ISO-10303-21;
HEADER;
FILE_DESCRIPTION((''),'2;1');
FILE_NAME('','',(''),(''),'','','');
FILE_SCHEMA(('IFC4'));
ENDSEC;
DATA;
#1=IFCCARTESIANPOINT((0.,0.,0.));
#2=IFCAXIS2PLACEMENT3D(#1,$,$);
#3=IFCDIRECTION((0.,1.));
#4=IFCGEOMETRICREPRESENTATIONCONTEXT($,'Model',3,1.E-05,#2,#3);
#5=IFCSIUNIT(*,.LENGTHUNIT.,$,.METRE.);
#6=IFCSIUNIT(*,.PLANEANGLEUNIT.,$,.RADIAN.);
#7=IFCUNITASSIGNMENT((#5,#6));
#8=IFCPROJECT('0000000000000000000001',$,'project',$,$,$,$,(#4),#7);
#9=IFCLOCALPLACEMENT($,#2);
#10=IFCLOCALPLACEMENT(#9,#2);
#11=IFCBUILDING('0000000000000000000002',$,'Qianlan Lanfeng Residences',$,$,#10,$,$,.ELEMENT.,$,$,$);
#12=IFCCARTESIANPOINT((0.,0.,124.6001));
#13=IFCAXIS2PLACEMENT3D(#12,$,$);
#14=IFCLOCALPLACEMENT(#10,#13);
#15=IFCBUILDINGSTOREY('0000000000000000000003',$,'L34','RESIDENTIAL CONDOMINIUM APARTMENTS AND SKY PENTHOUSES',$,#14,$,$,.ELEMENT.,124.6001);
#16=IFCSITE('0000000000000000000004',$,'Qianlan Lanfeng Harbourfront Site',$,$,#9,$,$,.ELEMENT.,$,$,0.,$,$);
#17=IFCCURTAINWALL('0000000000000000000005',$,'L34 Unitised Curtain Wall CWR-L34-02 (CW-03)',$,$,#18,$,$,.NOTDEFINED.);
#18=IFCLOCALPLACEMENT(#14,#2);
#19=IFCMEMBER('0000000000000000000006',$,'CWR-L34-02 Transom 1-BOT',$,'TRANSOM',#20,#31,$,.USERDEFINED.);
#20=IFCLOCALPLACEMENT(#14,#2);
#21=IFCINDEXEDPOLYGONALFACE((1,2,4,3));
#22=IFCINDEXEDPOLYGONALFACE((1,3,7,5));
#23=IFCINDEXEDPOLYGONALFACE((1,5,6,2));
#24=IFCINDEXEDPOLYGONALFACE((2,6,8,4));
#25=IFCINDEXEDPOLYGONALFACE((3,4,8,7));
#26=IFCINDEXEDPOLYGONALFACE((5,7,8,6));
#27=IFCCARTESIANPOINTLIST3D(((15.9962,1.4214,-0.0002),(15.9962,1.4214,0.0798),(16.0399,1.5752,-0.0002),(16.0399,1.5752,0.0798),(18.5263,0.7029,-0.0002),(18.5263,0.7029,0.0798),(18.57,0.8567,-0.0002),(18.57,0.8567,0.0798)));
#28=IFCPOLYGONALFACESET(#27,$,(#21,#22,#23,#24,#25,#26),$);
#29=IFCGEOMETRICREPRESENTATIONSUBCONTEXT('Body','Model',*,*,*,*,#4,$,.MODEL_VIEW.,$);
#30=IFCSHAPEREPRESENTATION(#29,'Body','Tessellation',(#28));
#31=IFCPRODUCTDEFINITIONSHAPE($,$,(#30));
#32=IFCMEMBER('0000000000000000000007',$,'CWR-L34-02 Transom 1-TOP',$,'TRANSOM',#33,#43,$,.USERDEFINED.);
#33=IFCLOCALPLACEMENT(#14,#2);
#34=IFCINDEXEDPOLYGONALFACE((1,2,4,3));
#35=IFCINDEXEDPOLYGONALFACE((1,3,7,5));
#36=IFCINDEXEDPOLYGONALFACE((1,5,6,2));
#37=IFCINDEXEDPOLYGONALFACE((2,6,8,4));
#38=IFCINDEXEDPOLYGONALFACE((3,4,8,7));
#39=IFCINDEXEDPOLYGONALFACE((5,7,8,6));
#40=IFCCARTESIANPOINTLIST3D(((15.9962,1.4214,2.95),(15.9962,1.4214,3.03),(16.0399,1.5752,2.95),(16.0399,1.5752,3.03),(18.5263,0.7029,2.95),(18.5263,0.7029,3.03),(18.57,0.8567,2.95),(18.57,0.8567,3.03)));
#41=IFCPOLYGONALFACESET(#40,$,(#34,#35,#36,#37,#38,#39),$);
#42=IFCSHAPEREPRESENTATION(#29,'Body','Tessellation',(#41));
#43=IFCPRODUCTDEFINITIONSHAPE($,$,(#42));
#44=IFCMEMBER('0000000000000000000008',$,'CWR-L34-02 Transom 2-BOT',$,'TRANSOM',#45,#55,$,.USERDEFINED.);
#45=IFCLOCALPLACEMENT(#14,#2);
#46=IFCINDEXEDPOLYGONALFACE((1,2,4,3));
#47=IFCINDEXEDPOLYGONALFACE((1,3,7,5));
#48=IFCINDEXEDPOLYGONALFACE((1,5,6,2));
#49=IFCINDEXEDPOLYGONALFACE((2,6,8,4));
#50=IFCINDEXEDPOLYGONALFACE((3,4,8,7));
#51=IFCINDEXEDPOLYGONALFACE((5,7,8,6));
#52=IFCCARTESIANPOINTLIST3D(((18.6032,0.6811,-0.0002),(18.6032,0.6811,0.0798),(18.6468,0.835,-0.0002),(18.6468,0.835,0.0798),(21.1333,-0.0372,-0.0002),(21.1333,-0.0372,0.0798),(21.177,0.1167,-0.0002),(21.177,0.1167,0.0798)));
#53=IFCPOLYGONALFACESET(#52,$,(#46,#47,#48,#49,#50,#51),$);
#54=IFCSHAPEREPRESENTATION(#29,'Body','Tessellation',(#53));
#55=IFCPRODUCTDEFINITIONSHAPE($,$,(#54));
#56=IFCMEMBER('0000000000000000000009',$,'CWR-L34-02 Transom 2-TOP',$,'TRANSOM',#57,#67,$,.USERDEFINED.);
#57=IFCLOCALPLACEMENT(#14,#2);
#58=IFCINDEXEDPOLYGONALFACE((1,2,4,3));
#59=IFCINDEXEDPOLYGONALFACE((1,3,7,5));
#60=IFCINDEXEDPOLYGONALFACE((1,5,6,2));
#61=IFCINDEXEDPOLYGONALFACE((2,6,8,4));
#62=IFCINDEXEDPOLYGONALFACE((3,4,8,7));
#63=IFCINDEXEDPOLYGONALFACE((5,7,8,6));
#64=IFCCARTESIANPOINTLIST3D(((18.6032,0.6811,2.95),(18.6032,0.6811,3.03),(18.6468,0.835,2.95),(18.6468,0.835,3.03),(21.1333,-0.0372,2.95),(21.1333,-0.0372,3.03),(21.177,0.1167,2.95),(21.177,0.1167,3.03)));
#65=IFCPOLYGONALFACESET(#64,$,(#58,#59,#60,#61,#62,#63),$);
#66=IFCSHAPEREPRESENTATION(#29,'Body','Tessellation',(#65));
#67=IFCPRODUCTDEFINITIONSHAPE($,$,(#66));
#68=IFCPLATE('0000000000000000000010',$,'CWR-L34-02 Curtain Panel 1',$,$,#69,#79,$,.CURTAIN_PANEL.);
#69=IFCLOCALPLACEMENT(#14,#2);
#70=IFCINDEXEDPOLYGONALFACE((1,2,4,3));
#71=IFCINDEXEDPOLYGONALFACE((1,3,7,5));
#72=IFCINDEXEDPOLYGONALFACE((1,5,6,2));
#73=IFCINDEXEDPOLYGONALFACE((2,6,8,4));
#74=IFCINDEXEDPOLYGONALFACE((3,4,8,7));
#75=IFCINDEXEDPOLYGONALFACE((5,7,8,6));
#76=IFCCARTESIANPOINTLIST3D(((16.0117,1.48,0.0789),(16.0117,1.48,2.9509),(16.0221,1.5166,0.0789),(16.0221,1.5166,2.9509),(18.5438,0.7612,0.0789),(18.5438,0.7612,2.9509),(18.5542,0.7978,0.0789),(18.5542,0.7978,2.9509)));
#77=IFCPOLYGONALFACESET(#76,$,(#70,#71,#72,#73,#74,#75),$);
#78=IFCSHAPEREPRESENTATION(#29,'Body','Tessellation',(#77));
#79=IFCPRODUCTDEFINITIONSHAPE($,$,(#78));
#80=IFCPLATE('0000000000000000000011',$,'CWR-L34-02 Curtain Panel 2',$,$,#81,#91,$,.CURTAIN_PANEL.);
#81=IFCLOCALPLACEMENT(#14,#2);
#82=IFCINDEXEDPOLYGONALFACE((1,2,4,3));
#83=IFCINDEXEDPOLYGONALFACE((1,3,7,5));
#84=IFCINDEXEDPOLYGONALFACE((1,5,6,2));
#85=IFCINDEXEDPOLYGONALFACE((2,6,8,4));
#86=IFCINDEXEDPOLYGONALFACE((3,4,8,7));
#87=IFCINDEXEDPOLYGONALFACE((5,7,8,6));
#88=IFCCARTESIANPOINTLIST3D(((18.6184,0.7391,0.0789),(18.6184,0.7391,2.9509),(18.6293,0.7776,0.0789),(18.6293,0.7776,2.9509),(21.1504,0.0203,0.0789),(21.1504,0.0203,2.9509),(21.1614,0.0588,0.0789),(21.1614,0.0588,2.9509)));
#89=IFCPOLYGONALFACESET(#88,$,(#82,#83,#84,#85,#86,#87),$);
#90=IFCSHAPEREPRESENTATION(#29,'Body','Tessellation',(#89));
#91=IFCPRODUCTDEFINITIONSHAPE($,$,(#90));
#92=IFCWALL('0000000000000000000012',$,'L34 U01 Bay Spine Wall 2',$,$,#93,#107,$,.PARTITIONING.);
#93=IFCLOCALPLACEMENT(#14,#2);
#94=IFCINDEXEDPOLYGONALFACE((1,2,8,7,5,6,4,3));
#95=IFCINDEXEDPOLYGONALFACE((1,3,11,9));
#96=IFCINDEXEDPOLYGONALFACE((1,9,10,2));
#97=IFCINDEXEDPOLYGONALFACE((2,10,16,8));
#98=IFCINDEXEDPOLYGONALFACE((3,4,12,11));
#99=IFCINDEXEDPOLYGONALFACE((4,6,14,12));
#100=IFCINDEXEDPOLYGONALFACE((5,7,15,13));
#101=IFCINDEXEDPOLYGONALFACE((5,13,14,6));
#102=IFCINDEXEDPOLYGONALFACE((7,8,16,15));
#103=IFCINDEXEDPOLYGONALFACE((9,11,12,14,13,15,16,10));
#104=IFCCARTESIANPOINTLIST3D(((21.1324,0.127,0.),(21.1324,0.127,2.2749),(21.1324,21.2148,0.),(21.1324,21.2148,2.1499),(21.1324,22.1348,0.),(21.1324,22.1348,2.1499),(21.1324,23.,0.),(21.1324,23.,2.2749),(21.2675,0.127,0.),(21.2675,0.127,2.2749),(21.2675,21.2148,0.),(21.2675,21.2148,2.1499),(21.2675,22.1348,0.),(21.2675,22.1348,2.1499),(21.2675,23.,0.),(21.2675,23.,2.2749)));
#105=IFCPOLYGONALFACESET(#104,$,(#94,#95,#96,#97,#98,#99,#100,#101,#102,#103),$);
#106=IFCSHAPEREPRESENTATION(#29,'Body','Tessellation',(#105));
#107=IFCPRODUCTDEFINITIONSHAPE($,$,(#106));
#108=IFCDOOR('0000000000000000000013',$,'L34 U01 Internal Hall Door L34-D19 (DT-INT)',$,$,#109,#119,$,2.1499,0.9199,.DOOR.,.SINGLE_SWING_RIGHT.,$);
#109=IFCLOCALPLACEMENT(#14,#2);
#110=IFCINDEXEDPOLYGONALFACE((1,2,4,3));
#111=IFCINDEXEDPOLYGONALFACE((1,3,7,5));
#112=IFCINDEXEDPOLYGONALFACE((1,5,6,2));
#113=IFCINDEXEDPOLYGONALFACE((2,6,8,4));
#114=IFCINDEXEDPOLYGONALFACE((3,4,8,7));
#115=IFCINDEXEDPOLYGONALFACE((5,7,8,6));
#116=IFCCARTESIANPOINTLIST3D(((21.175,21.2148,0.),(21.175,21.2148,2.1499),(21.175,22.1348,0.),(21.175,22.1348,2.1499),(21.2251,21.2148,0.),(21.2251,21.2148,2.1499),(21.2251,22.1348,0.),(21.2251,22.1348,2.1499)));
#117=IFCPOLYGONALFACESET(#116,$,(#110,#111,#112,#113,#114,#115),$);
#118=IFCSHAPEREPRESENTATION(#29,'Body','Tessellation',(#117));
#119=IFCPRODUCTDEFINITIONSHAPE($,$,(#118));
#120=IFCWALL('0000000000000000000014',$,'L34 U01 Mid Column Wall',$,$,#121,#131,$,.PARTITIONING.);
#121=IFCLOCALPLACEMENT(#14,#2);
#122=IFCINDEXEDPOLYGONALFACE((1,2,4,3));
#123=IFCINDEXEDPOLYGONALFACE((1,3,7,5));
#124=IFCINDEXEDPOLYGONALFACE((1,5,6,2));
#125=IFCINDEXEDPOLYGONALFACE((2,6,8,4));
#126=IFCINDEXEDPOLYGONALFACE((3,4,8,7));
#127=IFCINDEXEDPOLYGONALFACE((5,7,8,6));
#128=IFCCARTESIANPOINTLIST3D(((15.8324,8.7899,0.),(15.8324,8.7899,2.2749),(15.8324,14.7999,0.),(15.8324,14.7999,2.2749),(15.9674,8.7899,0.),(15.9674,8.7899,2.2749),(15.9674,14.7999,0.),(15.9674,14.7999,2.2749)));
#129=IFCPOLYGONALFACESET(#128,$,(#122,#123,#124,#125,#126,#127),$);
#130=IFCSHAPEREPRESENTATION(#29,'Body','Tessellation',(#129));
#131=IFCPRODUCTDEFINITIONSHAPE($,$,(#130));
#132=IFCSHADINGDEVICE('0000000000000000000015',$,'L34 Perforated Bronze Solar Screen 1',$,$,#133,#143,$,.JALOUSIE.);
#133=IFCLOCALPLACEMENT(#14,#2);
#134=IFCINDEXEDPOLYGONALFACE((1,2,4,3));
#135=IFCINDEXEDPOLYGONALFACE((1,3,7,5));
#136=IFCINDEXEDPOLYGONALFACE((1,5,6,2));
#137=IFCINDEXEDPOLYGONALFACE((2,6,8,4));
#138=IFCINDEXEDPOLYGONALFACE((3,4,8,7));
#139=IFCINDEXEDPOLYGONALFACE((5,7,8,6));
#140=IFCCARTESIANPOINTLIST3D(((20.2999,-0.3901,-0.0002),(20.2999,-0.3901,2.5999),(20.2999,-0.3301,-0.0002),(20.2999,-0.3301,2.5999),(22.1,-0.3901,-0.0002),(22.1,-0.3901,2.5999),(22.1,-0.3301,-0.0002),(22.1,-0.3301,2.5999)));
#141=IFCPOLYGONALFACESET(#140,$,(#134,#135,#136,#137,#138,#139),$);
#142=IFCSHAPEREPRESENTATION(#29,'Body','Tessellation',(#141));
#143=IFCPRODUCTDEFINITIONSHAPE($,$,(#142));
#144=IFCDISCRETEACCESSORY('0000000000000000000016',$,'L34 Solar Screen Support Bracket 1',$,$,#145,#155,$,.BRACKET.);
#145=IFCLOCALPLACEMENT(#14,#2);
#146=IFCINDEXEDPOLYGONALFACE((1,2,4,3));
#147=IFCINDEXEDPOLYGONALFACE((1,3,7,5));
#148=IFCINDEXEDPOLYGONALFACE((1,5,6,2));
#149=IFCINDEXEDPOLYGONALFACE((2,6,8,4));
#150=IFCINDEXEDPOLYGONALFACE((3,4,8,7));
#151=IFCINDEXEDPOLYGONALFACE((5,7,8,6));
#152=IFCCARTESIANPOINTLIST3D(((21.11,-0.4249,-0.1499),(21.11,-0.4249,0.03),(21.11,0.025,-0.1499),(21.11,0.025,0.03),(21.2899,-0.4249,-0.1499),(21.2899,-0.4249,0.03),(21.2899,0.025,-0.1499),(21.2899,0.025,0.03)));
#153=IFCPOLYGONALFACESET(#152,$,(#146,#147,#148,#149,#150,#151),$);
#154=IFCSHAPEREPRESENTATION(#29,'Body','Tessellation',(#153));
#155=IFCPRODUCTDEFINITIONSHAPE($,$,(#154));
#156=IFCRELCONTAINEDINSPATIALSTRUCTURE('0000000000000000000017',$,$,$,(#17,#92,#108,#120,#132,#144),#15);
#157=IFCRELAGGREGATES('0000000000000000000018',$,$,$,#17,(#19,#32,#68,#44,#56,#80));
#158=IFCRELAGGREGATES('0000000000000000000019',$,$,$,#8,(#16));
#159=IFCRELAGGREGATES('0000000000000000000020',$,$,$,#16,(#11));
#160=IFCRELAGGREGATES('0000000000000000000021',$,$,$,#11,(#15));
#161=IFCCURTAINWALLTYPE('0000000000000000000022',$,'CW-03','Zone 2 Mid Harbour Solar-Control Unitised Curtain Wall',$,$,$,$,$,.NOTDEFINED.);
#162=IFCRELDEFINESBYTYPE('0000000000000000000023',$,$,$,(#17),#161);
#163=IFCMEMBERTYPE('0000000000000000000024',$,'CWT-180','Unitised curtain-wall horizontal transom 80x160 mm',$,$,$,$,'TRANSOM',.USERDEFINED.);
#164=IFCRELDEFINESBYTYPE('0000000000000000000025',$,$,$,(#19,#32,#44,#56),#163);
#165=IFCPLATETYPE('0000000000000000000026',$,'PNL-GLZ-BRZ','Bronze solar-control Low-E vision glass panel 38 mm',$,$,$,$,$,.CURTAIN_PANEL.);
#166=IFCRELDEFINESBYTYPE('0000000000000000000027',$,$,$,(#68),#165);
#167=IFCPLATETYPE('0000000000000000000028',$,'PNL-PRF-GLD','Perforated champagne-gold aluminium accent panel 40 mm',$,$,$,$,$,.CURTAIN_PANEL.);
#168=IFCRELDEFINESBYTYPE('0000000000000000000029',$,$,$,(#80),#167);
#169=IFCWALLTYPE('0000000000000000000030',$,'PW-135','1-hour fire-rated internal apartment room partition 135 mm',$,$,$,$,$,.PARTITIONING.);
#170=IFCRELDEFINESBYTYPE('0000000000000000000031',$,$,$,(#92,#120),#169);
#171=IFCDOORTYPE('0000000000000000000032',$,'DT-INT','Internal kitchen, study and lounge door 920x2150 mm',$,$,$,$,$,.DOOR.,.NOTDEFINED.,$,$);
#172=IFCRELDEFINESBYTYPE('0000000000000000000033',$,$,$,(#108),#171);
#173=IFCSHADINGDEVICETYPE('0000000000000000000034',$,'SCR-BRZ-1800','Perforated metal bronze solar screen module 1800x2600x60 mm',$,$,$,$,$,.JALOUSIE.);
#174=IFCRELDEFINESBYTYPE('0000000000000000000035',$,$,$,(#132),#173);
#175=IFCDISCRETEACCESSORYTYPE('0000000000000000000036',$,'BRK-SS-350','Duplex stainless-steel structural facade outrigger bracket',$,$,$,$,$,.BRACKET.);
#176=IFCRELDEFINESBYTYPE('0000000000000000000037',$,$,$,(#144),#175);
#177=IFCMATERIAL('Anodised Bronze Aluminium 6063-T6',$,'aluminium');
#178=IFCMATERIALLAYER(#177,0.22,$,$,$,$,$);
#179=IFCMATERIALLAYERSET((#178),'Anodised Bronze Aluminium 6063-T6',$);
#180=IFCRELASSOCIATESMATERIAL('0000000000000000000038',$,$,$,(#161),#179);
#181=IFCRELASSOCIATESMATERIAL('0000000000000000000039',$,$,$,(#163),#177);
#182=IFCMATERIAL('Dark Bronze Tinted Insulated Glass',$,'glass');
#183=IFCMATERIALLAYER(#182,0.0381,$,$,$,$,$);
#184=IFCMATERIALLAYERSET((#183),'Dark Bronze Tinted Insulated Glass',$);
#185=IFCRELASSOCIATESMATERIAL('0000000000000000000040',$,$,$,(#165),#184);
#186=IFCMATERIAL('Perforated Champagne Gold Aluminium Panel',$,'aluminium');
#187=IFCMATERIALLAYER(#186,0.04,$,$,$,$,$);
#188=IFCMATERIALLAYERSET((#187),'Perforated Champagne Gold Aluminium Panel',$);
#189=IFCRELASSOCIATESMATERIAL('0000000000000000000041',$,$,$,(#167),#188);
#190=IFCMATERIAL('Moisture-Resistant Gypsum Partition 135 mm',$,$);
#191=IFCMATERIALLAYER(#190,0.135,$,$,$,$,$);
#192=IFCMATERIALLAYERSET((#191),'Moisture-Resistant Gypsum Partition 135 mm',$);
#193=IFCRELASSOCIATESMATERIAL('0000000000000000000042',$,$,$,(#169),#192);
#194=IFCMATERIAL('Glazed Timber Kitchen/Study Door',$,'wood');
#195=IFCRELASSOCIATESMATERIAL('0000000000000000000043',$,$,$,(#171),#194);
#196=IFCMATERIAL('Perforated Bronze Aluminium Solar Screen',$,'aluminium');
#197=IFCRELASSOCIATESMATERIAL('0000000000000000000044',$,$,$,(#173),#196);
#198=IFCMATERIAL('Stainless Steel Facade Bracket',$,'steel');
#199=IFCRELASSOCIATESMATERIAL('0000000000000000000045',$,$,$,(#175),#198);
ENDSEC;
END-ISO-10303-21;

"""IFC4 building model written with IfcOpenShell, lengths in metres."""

from ifc_helpers import new_model, si_unit, direction, frame, frame_2d, origin, origin_2d, place, context, subcontext, project, spatial, rectangle, extrude, source, transform, mapped, material, layer, layer_set, material_profile, profile_set, type_object, element, fill, aggregate, save


model = new_model("IFC4")

# Units and contexts
model_context = context("Model", 3, precision=1e-05, world=origin(), true_north=direction((0.0, 1.0)))
body_context = subcontext(model_context, "Body", "Model", "MODEL_VIEW")
ifc_project = project(units=[si_unit("LENGTHUNIT", "METRE"), si_unit("PLANEANGLEUNIT", "RADIAN")], contexts=[model_context])

# Site, building, storey
site_placement = place(None, origin())
site = spatial("IfcSite", under=ifc_project, at=site_placement, Name="Qianlan Lanfeng Harbourfront Site", CompositionType="ELEMENT", RefElevation=0.0)
building_placement = place(site_placement, origin())
building = spatial("IfcBuilding", under=site, at=building_placement, Name="Qianlan Lanfeng Residences", CompositionType="ELEMENT")
storey_placement = place(building_placement, frame((0.0, 0.0, 124.6001)))
storey = spatial("IfcBuildingStorey", under=building, at=storey_placement, Name="L34", Description="RESIDENTIAL CONDOMINIUM APARTMENTS AND SKY PENTHOUSES", CompositionType="ELEMENT", Elevation=124.6001)

# Shared definitions
ifc_material_1 = material(Name="Anodised Bronze Aluminium 6063-T6", Category="aluminium")
ifc_layer_1 = layer(ifc_material_1, 0.22)
ifc_layer_set_1 = layer_set([ifc_layer_1], Name="Anodised Bronze Aluminium 6063-T6")
curtain_wall_type = type_object("IfcCurtainWallType", Name="CW-03", Description="Zone 2 Mid Harbour Solar-Control Unitised Curtain Wall", PredefinedType="NOTDEFINED", material=ifc_layer_set_1)

# Curtain wall, members, plates
curtain_wall_1_placement = place(storey_placement, origin())
curtain_wall_1 = element("IfcCurtainWall", 1, at=curtain_wall_1_placement, inside=storey, type_object=curtain_wall_type, Name="L34 Unitised Curtain Wall CWR-L34-02 (CW-03)", PredefinedType="NOTDEFINED")
ifc_material_profile_1 = material_profile(ifc_material_1, rectangle(XDim=0.0801, YDim=0.1599, at=origin_2d()), Name="ALU TRANSOM 80x160")
ifc_profile_set_1 = profile_set([ifc_material_profile_1], Name="Anodised Bronze Aluminium 6063-T6")
member_type_1 = type_object("IfcMemberType", Name="CWT-180", Description="Unitised curtain-wall horizontal transom 80x160 mm", ElementType="TRANSOM", PredefinedType="USERDEFINED", material=ifc_profile_set_1)
shared_shape_1 = source(origin(), body_context, "Body", "SweptSolid", [
    extrude(rectangle(XDim=0.0801, YDim=0.1599, at=origin_2d()), origin(), (0.0, 0.0, 1.0), 2.6301),
])
member_1_placement = place(storey_placement, frame((16.0181, 1.4983, 0.0398), z_axis=(0.961961, -0.273188, 0.0), x_axis=(0.0, 0.0, 1.0)))
member_1 = element("IfcMember", 2, at=member_1_placement, type_object=member_type_1, Name="CWR-L34-02 Transom 1-BOT", ObjectType="TRANSOM", PredefinedType="USERDEFINED", context=body_context, shape_type="MappedRepresentation", body=[
    mapped(shared_shape_1, transform((0.0, 0.0, 0.0), scale=1.0)),
])
member_2_placement = place(storey_placement, frame((16.0181, 1.4983, 2.99), z_axis=(0.961961, -0.273188, 0.0), x_axis=(0.0, 0.0, 1.0)))
member_2 = element("IfcMember", 3, at=member_2_placement, type_object=member_type_1, Name="CWR-L34-02 Transom 1-TOP", ObjectType="TRANSOM", PredefinedType="USERDEFINED", context=body_context, shape_type="MappedRepresentation", body=[
    mapped(shared_shape_1, transform((0.0, 0.0, 0.0), scale=1.0)),
])
member_3_placement = place(storey_placement, frame((18.625, 0.7581, 0.0398), z_axis=(0.961985, -0.273102, 0.0), x_axis=(0.0, 0.0, 1.0)))
member_3 = element("IfcMember", 4, at=member_3_placement, type_object=member_type_1, Name="CWR-L34-02 Transom 2-BOT", ObjectType="TRANSOM", PredefinedType="USERDEFINED", context=body_context, shape_type="MappedRepresentation", body=[
    mapped(shared_shape_1, transform((0.0, 0.0, 0.0), scale=1.0)),
])
member_4_placement = place(storey_placement, frame((18.625, 0.7581, 2.99), z_axis=(0.961985, -0.273102, 0.0), x_axis=(0.0, 0.0, 1.0)))
member_4 = element("IfcMember", 5, at=member_4_placement, type_object=member_type_1, Name="CWR-L34-02 Transom 2-TOP", ObjectType="TRANSOM", PredefinedType="USERDEFINED", context=body_context, shape_type="MappedRepresentation", body=[
    mapped(shared_shape_1, transform((0.0, 0.0, 0.0), scale=1.0)),
])
ifc_material_2 = material(Name="Dark Bronze Tinted Insulated Glass", Category="glass")
ifc_layer_2 = layer(ifc_material_2, 0.0381)
ifc_layer_set_2 = layer_set([ifc_layer_2], Name="Dark Bronze Tinted Insulated Glass")
plate_type_1 = type_object("IfcPlateType", Name="PNL-GLZ-BRZ", Description="Bronze solar-control Low-E vision glass panel 38 mm", PredefinedType="CURTAIN_PANEL", material=ifc_layer_set_2)
shared_shape_2 = source(origin(), body_context, "Body", "SweptSolid", [
    extrude(rectangle(XDim=2.6321, YDim=0.0381, at=origin_2d()), origin(), (0.0, 0.0, 1.0), 2.8721),
])
plate_1_placement = place(storey_placement, frame((17.283, 1.1389, 0.0789), z_axis=(0.0, 0.0, 1.0), x_axis=(0.961989, -0.273088, 0.0)))
plate_1 = element("IfcPlate", 6, at=plate_1_placement, type_object=plate_type_1, Name="CWR-L34-02 Curtain Panel 1", PredefinedType="CURTAIN_PANEL", context=body_context, shape_type="MappedRepresentation", body=[
    mapped(shared_shape_2, transform((0.0, 0.0, 0.0), scale=1.0)),
])
ifc_material_3 = material(Name="Perforated Champagne Gold Aluminium Panel", Category="aluminium")
ifc_layer_3 = layer(ifc_material_3, 0.04)
ifc_layer_set_3 = layer_set([ifc_layer_3], Name="Perforated Champagne Gold Aluminium Panel")
plate_type_2 = type_object("IfcPlateType", Name="PNL-PRF-GLD", Description="Perforated champagne-gold aluminium accent panel 40 mm", PredefinedType="CURTAIN_PANEL", material=ifc_layer_set_3)
shared_shape_3 = source(origin(), body_context, "Body", "SweptSolid", [
    extrude(rectangle(XDim=2.6321, YDim=0.04, at=origin_2d()), origin(), (0.0, 0.0, 1.0), 2.8721),
])
plate_2_placement = place(storey_placement, frame((19.8899, 0.3989, 0.0789), z_axis=(0.0, 0.0, 1.0), x_axis=(0.961989, -0.273088, 0.0)))
plate_2 = element("IfcPlate", 7, at=plate_2_placement, type_object=plate_type_2, Name="CWR-L34-02 Curtain Panel 2", PredefinedType="CURTAIN_PANEL", context=body_context, shape_type="MappedRepresentation", body=[
    mapped(shared_shape_3, transform((0.0, 0.0, 0.0), scale=1.0)),
])
aggregate(curtain_wall_1, [member_1, member_2, plate_1, member_3, member_4, plate_2])

# Wall, opening, door
ifc_material_4 = material(Name="Moisture-Resistant Gypsum Partition 135 mm")
ifc_layer_4 = layer(ifc_material_4, 0.135)
ifc_layer_set_4 = layer_set([ifc_layer_4], Name="Moisture-Resistant Gypsum Partition 135 mm")
wall_type = type_object("IfcWallType", Name="PW-135", Description="1-hour fire-rated internal apartment room partition 135 mm", PredefinedType="PARTITIONING", material=ifc_layer_set_4)
wall_1_placement = place(storey_placement, frame((21.2, 0.127, 0.0), z_axis=(0.0, 0.0, 1.0), x_axis=(0.0, 1.0, 0.0)))
wall_1 = element("IfcWall", 8, at=wall_1_placement, inside=storey, type_object=wall_type, Name="L34 U01 Bay Spine Wall 2", PredefinedType="PARTITIONING", context=body_context, shape_type="SweptSolid", body=[
    extrude(rectangle(XDim=22.873, YDim=0.135, at=frame_2d((11.4365, 0.0))), origin(), (0.0, 0.0, 1.0), 2.2749),
])
opening_1_placement = place(wall_1_placement, frame((21.0879, 0.0, 0.0)))
opening_1 = element("IfcOpeningElement", 9, at=opening_1_placement, cuts=wall_1, PredefinedType="OPENING", context=body_context, shape_type="SweptSolid", body=[
    extrude(rectangle(XDim=0.9199, YDim=2.1499, at=frame_2d((0.46, 1.075))), frame((0.0, 0.0776, 0.0), z_axis=(0.0, -1.0, 0.0), x_axis=(1.0, 0.0, 0.0)), (0.0, 0.0, 1.0), 0.155),
])
ifc_material_5 = material(Name="Glazed Timber Kitchen/Study Door", Category="wood")
door_type_1 = type_object("IfcDoorType", Name="DT-INT", Description="Internal kitchen, study and lounge door 920x2150 mm", OperationType="NOTDEFINED", PredefinedType="DOOR", material=ifc_material_5)
door_1_placement = place(opening_1_placement, origin())
door_1 = element("IfcDoor", 10, at=door_1_placement, inside=storey, type_object=door_type_1, Name="L34 U01 Internal Hall Door L34-D19 (DT-INT)", OperationType="SINGLE_SWING_RIGHT", OverallHeight=2.1499, OverallWidth=0.9199, PredefinedType="DOOR", context=body_context, shape_type="SweptSolid", body=[
    extrude(rectangle(XDim=0.9199, YDim=2.1499, at=frame_2d((0.46, 1.075))), frame((0.0, 0.0249, 0.0), z_axis=(0.0, -1.0, 0.0), x_axis=(1.0, 0.0, 0.0)), (0.0, 0.0, 1.0), 0.05),
])
fill(opening_1, door_1)

# Wall
wall_2_placement = place(storey_placement, frame((15.8999, 8.79, 0.0), z_axis=(0.0, 0.0, 1.0), x_axis=(0.0, 1.0, 0.0)))
element("IfcWall", 11, at=wall_2_placement, inside=storey, type_object=wall_type, Name="L34 U01 Mid Column Wall", PredefinedType="PARTITIONING", context=body_context, shape_type="SweptSolid", body=[
    extrude(rectangle(XDim=6.01, YDim=0.135, at=frame_2d((3.0049, 0.0))), origin(), (0.0, 0.0, 1.0), 2.2749),
])

# Shading device
ifc_material_6 = material(Name="Perforated Bronze Aluminium Solar Screen", Category="aluminium")
shading_device_type = type_object("IfcShadingDeviceType", Name="SCR-BRZ-1800", Description="Perforated metal bronze solar screen module 1800x2600x60 mm", PredefinedType="JALOUSIE", material=ifc_material_6)
shared_shape_4 = source(origin(), body_context, "Body", "SweptSolid", [
    extrude(rectangle(XDim=1.8, YDim=0.0601, at=origin_2d()), origin(), (0.0, 0.0, 1.0), 2.6001),
])
shading_device_placement = place(storey_placement, frame((21.2, -0.3601, -0.0002), z_axis=(0.0, 0.0, 1.0), x_axis=(1.0, 0.0, 0.0)))
element("IfcShadingDevice", 12, at=shading_device_placement, inside=storey, type_object=shading_device_type, Name="L34 Perforated Bronze Solar Screen 1", PredefinedType="JALOUSIE", context=body_context, shape_type="MappedRepresentation", body=[
    mapped(shared_shape_4, transform((0.0, 0.0, 0.0), scale=1.0)),
])

# Discrete accessory
ifc_material_7 = material(Name="Stainless Steel Facade Bracket", Category="steel")
discrete_accessory_type = type_object("IfcDiscreteAccessoryType", Name="BRK-SS-350", Description="Duplex stainless-steel structural facade outrigger bracket", PredefinedType="BRACKET", material=ifc_material_7)
shared_shape_5 = source(origin(), body_context, "Body", "SweptSolid", [
    extrude(rectangle(XDim=0.1799, YDim=0.45, at=origin_2d()), origin(), (0.0, 0.0, 1.0), 0.1799),
])
discrete_accessory_placement = place(storey_placement, frame((21.2, -0.2, -0.1499), z_axis=(0.0, 0.0, 1.0), x_axis=(1.0, 0.0, 0.0)))
element("IfcDiscreteAccessory", 13, at=discrete_accessory_placement, inside=storey, type_object=discrete_accessory_type, Name="L34 Solar Screen Support Bracket 1", PredefinedType="BRACKET", context=body_context, shape_type="MappedRepresentation", body=[
    mapped(shared_shape_5, transform((0.0, 0.0, 0.0), scale=1.0)),
])

save(model, "model.ifc")
